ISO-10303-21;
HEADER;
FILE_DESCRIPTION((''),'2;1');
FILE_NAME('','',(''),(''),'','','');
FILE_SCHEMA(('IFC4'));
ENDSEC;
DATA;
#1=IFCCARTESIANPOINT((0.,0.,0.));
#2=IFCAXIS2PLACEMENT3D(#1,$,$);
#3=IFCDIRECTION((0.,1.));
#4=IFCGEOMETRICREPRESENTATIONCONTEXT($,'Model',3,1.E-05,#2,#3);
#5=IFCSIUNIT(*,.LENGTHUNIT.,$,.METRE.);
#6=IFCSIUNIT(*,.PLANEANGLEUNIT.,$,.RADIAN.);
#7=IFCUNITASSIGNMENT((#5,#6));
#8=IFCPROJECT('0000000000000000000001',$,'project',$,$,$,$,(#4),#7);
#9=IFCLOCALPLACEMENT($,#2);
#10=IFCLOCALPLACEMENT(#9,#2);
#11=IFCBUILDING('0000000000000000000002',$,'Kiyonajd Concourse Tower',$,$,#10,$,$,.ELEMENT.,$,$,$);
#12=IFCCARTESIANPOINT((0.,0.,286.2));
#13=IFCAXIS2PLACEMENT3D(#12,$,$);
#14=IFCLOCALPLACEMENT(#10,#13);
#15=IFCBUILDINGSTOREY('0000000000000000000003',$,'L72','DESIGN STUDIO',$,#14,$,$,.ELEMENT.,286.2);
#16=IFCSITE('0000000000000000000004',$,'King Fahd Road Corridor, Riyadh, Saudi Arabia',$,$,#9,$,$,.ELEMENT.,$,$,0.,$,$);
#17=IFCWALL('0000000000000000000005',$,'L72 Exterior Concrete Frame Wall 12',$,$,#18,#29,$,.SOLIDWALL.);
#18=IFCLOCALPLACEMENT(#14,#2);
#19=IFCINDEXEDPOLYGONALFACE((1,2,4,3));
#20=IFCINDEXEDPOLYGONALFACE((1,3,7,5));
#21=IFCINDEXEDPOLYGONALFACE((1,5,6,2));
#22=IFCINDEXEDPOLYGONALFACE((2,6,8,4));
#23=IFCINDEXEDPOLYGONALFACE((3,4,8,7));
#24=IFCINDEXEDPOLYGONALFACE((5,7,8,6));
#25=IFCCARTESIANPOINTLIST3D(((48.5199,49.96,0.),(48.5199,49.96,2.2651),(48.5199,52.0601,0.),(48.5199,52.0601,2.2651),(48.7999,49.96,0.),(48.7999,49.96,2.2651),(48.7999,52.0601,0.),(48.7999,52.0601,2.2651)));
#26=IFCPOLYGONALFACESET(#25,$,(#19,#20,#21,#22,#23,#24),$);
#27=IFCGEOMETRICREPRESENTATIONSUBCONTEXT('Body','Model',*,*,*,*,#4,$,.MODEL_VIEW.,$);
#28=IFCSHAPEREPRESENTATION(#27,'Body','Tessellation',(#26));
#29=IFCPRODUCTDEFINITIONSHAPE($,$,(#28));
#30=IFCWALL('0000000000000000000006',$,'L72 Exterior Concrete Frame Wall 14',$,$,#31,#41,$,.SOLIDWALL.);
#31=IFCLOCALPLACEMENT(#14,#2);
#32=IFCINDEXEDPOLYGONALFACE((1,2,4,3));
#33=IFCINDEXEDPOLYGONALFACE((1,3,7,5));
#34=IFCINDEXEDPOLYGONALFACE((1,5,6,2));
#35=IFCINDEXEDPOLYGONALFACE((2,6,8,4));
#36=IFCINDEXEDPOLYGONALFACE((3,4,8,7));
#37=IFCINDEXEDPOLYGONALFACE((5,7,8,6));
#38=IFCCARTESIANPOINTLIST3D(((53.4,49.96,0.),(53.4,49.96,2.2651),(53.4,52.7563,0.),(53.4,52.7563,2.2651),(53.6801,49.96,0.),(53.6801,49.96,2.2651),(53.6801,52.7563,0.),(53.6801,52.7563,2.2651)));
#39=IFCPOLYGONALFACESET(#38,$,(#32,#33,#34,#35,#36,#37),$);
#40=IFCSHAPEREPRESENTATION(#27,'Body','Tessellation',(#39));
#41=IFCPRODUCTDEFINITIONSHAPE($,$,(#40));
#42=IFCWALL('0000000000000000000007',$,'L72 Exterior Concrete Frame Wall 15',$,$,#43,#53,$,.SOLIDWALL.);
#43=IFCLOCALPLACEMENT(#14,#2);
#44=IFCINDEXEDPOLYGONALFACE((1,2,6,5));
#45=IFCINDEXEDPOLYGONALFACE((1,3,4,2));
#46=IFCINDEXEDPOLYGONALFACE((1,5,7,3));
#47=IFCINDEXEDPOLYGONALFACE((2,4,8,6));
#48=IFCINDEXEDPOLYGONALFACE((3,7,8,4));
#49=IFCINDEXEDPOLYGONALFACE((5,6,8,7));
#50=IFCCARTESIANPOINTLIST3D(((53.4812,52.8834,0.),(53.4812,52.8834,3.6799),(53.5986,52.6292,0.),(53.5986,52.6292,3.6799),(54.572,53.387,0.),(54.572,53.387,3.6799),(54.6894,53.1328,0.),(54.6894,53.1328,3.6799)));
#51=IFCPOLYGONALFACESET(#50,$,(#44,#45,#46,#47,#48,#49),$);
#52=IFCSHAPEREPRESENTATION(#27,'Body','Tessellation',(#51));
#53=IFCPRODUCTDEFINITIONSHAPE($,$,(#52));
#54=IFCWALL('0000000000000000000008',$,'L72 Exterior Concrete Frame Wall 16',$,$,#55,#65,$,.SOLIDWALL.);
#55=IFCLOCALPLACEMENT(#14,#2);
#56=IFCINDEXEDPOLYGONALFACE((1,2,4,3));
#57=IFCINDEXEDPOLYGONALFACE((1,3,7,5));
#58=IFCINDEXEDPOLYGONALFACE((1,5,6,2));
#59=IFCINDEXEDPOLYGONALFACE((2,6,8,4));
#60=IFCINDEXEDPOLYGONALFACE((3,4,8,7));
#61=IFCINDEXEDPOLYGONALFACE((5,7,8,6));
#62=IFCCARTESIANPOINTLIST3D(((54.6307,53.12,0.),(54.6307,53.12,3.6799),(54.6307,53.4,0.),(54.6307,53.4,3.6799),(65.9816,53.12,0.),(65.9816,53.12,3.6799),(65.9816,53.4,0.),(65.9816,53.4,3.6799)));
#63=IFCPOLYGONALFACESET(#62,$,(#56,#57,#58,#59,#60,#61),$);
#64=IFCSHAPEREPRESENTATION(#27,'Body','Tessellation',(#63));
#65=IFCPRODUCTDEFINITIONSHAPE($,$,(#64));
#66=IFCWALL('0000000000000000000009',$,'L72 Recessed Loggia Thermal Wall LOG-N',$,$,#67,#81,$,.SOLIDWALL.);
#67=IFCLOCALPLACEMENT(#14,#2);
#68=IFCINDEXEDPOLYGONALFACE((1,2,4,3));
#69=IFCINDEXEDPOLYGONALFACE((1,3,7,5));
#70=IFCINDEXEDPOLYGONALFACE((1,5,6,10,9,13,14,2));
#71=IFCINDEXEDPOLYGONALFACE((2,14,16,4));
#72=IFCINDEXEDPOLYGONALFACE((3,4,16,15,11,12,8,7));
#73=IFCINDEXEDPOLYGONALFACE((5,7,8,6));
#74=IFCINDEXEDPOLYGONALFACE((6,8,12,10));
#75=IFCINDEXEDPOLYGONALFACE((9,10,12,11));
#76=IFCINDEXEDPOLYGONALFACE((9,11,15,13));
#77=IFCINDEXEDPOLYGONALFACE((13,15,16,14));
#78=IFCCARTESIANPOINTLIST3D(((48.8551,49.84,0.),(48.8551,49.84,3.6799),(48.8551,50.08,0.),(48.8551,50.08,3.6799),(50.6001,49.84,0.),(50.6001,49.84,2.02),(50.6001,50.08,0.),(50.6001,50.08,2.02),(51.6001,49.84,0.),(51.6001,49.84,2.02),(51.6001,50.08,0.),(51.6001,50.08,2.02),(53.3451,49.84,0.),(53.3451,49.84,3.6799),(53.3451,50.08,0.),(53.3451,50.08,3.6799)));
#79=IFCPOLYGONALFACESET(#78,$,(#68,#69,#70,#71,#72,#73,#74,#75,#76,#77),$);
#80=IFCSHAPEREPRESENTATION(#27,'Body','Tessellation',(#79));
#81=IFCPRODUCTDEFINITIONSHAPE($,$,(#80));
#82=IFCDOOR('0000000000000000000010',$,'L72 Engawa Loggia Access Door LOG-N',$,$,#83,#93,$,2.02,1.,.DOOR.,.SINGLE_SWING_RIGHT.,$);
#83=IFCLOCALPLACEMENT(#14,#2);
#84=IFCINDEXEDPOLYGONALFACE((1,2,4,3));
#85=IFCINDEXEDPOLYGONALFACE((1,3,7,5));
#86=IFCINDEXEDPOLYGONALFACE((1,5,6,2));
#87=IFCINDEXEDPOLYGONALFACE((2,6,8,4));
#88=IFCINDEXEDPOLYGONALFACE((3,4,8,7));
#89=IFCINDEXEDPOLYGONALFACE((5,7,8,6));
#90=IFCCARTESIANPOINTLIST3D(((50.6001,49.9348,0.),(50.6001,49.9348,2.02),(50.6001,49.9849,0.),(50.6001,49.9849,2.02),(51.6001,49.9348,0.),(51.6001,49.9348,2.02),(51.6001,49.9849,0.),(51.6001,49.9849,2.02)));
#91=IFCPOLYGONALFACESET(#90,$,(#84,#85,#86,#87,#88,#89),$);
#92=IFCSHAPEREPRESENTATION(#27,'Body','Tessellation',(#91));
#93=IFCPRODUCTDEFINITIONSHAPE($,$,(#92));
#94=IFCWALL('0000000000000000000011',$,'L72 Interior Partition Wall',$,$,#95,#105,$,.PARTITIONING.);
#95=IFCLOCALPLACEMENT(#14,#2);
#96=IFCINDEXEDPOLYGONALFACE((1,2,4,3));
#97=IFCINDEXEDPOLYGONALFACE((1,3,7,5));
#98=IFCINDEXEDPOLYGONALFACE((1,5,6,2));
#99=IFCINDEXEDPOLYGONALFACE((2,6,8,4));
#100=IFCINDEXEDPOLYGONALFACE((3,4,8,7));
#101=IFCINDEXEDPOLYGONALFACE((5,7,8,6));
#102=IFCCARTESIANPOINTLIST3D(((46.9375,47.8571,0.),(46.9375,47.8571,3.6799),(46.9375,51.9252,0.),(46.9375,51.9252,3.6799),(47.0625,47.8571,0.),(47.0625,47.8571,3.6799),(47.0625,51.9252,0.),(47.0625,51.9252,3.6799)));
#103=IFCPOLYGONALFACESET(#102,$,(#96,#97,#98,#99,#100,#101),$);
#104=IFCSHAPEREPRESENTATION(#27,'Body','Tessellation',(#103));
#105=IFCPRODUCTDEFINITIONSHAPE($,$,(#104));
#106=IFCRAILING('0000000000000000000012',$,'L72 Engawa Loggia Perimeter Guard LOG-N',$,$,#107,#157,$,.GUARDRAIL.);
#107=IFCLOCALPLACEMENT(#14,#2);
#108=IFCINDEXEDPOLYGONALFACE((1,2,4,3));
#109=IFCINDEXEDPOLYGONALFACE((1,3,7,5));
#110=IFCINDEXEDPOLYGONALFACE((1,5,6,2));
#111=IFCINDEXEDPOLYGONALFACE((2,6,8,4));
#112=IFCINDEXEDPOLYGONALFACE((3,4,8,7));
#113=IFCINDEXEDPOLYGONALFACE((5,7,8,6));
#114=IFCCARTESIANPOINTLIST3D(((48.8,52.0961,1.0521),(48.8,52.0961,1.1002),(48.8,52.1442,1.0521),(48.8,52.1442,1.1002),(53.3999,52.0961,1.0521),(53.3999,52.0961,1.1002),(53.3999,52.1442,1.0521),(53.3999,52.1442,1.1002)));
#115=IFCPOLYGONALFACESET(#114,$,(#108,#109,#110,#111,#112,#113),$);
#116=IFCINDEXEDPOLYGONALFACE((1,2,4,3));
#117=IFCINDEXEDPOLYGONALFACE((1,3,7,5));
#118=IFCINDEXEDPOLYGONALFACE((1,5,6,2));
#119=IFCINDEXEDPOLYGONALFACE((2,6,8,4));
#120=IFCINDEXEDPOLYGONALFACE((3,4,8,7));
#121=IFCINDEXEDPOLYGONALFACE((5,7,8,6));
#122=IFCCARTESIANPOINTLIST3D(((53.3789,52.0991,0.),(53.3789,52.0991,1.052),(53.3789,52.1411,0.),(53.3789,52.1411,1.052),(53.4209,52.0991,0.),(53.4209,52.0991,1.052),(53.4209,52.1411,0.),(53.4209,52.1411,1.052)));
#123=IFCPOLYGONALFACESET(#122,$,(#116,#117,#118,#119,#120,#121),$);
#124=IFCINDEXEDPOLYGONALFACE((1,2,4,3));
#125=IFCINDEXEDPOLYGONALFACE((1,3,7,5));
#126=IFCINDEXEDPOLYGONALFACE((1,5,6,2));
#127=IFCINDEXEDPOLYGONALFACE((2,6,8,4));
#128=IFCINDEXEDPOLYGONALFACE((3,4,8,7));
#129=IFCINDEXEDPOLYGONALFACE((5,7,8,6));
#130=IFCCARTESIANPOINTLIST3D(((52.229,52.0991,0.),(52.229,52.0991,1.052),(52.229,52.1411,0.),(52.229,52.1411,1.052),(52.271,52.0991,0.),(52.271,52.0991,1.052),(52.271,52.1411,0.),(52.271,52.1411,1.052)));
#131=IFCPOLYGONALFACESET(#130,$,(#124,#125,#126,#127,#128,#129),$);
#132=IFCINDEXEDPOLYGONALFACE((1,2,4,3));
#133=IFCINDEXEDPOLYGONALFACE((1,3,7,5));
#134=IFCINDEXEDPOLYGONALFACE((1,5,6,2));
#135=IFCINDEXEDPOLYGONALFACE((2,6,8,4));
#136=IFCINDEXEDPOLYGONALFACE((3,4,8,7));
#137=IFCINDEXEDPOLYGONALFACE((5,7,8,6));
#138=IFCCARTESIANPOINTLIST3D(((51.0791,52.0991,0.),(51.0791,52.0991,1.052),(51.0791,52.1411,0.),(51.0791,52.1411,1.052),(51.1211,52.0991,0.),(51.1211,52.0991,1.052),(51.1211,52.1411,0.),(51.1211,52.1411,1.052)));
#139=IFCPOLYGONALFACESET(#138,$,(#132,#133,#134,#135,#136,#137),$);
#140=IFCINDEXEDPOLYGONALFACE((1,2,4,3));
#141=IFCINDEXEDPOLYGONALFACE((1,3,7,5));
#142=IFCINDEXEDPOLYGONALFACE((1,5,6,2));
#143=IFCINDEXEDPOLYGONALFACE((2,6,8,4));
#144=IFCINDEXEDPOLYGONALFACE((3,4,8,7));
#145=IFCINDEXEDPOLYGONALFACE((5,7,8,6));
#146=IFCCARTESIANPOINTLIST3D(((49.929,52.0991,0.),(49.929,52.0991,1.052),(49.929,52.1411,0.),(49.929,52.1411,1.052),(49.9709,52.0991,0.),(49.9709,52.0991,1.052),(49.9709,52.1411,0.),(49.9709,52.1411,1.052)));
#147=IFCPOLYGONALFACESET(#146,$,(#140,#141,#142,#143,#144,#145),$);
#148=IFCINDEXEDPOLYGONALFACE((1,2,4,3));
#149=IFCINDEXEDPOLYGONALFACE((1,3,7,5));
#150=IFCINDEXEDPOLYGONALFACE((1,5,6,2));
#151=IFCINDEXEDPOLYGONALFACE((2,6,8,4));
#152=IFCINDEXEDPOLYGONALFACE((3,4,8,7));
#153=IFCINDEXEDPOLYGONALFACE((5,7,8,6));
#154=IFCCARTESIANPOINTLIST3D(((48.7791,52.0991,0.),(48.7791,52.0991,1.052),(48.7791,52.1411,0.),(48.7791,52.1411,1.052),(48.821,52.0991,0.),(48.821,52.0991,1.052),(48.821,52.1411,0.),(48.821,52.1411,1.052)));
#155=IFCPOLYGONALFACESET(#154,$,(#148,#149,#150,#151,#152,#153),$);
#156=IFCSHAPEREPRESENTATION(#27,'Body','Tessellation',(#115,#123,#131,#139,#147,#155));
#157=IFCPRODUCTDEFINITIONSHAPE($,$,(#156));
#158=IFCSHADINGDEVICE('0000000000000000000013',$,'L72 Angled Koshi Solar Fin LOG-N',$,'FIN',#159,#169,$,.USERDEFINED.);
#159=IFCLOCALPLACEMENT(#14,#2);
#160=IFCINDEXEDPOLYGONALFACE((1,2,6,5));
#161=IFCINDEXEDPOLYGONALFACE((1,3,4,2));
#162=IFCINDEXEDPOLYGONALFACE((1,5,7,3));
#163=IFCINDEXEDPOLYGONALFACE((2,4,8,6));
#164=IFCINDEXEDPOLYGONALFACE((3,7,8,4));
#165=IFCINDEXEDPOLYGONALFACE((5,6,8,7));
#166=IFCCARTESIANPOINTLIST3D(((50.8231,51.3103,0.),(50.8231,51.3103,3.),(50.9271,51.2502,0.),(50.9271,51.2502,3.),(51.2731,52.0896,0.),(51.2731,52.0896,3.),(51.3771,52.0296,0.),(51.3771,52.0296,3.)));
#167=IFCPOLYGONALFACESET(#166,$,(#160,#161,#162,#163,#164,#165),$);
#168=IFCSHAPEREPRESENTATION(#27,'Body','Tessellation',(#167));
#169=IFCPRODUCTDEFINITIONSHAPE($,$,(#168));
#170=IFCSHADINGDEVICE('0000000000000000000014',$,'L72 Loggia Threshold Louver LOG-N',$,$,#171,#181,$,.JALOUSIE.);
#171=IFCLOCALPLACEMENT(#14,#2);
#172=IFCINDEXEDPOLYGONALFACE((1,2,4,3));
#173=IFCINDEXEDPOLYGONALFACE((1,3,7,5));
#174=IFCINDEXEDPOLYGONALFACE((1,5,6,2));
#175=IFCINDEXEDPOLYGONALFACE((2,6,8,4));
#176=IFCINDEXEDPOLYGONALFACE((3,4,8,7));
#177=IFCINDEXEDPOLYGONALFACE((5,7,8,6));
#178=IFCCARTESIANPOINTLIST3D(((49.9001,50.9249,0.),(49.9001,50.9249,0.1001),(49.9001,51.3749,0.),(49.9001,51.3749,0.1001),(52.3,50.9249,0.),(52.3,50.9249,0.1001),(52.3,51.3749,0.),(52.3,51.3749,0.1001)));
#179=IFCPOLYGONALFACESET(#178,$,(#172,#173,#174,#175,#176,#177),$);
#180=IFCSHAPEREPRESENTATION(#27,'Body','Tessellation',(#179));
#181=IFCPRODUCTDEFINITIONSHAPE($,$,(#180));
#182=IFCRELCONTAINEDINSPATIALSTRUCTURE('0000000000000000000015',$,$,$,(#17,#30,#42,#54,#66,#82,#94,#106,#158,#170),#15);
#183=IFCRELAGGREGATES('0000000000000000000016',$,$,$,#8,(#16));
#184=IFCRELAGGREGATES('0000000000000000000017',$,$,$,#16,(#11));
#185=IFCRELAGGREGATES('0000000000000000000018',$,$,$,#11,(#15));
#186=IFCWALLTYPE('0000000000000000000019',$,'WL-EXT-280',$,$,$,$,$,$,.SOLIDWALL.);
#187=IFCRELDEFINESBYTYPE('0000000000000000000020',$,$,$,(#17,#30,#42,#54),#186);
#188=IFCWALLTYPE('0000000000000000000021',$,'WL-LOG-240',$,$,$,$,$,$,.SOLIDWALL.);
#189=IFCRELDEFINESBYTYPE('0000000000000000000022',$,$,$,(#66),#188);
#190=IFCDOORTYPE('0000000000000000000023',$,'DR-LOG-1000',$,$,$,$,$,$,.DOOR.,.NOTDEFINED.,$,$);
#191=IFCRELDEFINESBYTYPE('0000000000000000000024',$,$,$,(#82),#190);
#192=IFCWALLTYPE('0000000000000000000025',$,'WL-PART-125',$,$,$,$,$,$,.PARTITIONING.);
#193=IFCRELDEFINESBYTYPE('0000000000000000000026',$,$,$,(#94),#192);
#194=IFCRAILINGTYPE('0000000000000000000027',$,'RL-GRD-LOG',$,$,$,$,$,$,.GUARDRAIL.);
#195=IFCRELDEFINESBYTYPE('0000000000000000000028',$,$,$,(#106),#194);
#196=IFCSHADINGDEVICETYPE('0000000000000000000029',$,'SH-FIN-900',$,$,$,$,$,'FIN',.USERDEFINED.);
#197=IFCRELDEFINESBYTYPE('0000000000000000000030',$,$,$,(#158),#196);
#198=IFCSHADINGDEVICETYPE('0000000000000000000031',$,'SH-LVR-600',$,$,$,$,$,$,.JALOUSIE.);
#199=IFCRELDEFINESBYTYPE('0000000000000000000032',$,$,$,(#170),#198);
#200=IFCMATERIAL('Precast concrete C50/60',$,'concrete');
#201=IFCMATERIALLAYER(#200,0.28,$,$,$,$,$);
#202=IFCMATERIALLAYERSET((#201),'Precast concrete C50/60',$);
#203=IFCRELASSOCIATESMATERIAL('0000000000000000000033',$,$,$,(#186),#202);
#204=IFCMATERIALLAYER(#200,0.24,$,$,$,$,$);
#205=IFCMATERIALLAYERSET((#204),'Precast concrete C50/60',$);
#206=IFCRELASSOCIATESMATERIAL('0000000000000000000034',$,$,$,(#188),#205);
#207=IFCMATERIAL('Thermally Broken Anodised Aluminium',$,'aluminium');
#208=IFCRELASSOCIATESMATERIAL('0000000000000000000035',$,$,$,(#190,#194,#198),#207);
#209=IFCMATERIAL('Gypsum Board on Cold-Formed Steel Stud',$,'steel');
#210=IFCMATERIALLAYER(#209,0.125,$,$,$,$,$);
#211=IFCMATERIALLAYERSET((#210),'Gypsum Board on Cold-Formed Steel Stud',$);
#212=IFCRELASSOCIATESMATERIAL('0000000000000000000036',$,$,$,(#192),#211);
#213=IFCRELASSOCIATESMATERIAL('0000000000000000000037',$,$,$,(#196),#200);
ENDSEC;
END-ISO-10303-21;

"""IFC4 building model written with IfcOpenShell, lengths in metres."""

from ifc_helpers import new_model, si_unit, direction, frame, frame_2d, origin, origin_2d, place, context, subcontext, project, spatial, rectangle, extrude, material, layer, layer_set, type_object, element, fill, save


model = new_model("IFC4")

# Units and contexts
model_context = context("Model", 3, precision=1e-05, world=origin(), true_north=direction((0.0, 1.0)))
body_context = subcontext(model_context, "Body", "Model", "MODEL_VIEW")
ifc_project = project(units=[si_unit("LENGTHUNIT", "METRE"), si_unit("PLANEANGLEUNIT", "RADIAN")], contexts=[model_context])

# Site, building, storey
site_placement = place(None, origin())
site = spatial("IfcSite", under=ifc_project, at=site_placement, Name="King Fahd Road Corridor, Riyadh, Saudi Arabia", CompositionType="ELEMENT", RefElevation=0.0)
building_placement = place(site_placement, origin())
building = spatial("IfcBuilding", under=site, at=building_placement, Name="Kiyonajd Concourse Tower", CompositionType="ELEMENT")
storey_placement = place(building_placement, frame((0.0, 0.0, 286.2)))
storey = spatial("IfcBuildingStorey", under=building, at=storey_placement, Name="L72", Description="DESIGN STUDIO", CompositionType="ELEMENT", Elevation=286.2)

# Shared definitions
ifc_material_1 = material(Name="Thermally Broken Anodised Aluminium", Category="aluminium")

# Walls
ifc_material_2 = material(Name="Precast concrete C50/60", Category="concrete")
ifc_layer_1 = layer(ifc_material_2, 0.28)
ifc_layer_set_1 = layer_set([ifc_layer_1], Name="Precast concrete C50/60")
wall_type_1 = type_object("IfcWallType", Name="WL-EXT-280", PredefinedType="SOLIDWALL", material=ifc_layer_set_1)
wall_1_placement = place(storey_placement, frame((48.6599, 52.0601, 0.0), z_axis=(0.0, 0.0, 1.0), x_axis=(0.0, -1.0, 0.0)))
element("IfcWall", 1, at=wall_1_placement, inside=storey, type_object=wall_type_1, Name="L72 Exterior Concrete Frame Wall 12", PredefinedType="SOLIDWALL", context=body_context, shape_type="SweptSolid", body=[
    extrude(rectangle(XDim=2.1001, YDim=0.28, at=frame_2d((1.05, 0.0))), origin(), (0.0, 0.0, 1.0), 2.2651),
])
wall_2_placement = place(storey_placement, frame((53.54, 49.96, 0.0), z_axis=(0.0, 0.0, 1.0), x_axis=(0.0, 1.0, 0.0)))
element("IfcWall", 2, at=wall_2_placement, inside=storey, type_object=wall_type_1, Name="L72 Exterior Concrete Frame Wall 14", PredefinedType="SOLIDWALL", context=body_context, shape_type="SweptSolid", body=[
    extrude(rectangle(XDim=2.7964, YDim=0.28, at=frame_2d((1.3982, 0.0))), origin(), (0.0, 0.0, 1.0), 2.2651),
])
wall_3_placement = place(storey_placement, frame((53.54, 52.7563, 0.0), z_axis=(0.0, 0.0, 1.0), x_axis=(0.907894, 0.4192, 0.0)))
element("IfcWall", 3, at=wall_3_placement, inside=storey, type_object=wall_type_1, Name="L72 Exterior Concrete Frame Wall 15", PredefinedType="SOLIDWALL", context=body_context, shape_type="SweptSolid", body=[
    extrude(rectangle(XDim=1.2014, YDim=0.28, at=frame_2d((0.6006, 0.0))), origin(), (0.0, 0.0, 1.0), 3.6799),
])
wall_4_placement = place(storey_placement, frame((54.6309, 53.26, 0.0), z_axis=(0.0, 0.0, 1.0), x_axis=(1.0, 0.0, 0.0)))
element("IfcWall", 4, at=wall_4_placement, inside=storey, type_object=wall_type_1, Name="L72 Exterior Concrete Frame Wall 16", PredefinedType="SOLIDWALL", context=body_context, shape_type="SweptSolid", body=[
    extrude(rectangle(XDim=11.3508, YDim=0.28, at=frame_2d((5.6753, 0.0))), origin(), (0.0, 0.0, 1.0), 3.6799),
])

# Wall, opening, door
ifc_layer_2 = layer(ifc_material_2, 0.24)
ifc_layer_set_2 = layer_set([ifc_layer_2], Name="Precast concrete C50/60")
wall_type_2 = type_object("IfcWallType", Name="WL-LOG-240", PredefinedType="SOLIDWALL", material=ifc_layer_set_2)
wall_5_placement = place(storey_placement, frame((48.855, 49.96, 0.0), z_axis=(0.0, 0.0, 1.0), x_axis=(1.0, 0.0, 0.0)))
wall_5 = element("IfcWall", 5, at=wall_5_placement, inside=storey, type_object=wall_type_2, Name="L72 Recessed Loggia Thermal Wall LOG-N", PredefinedType="SOLIDWALL", context=body_context, shape_type="SweptSolid", body=[
    extrude(rectangle(XDim=4.49, YDim=0.24, at=frame_2d((2.2451, 0.0))), origin(), (0.0, 0.0, 1.0), 3.6799),
])
opening_placement = place(wall_5_placement, frame((1.7451, 0.0, 0.0)))
opening = element("IfcOpeningElement", 6, at=opening_placement, cuts=wall_5, PredefinedType="OPENING", context=body_context, shape_type="SweptSolid", body=[
    extrude(rectangle(XDim=1.0, YDim=2.02, at=frame_2d((0.5, 1.01))), frame((0.0, 0.1299, 0.0), z_axis=(0.0, -1.0, 0.0), x_axis=(1.0, 0.0, 0.0)), (0.0, 0.0, 1.0), 0.26),
])
door_type = type_object("IfcDoorType", Name="DR-LOG-1000", OperationType="NOTDEFINED", PredefinedType="DOOR", material=ifc_material_1)
door_placement = place(opening_placement, origin())
door = element("IfcDoor", 7, at=door_placement, inside=storey, type_object=door_type, Name="L72 Engawa Loggia Access Door LOG-N", OperationType="SINGLE_SWING_RIGHT", OverallHeight=2.02, OverallWidth=1.0, PredefinedType="DOOR", context=body_context, shape_type="SweptSolid", body=[
    extrude(rectangle(XDim=1.0, YDim=2.02, at=frame_2d((0.5, 1.01))), frame((0.0, 0.0249, 0.0), z_axis=(0.0, -1.0, 0.0), x_axis=(1.0, 0.0, 0.0)), (0.0, 0.0, 1.0), 0.05),
])
fill(opening, door)

# Wall
ifc_material_3 = material(Name="Gypsum Board on Cold-Formed Steel Stud", Category="steel")
ifc_layer_3 = layer(ifc_material_3, 0.125)
ifc_layer_set_3 = layer_set([ifc_layer_3], Name="Gypsum Board on Cold-Formed Steel Stud")
wall_type_3 = type_object("IfcWallType", Name="WL-PART-125", PredefinedType="PARTITIONING", material=ifc_layer_set_3)
wall_6_placement = place(storey_placement, frame((47.0, 47.8569, 0.0), z_axis=(0.0, 0.0, 1.0), x_axis=(0.0, 1.0, 0.0)))
element("IfcWall", 8, at=wall_6_placement, inside=storey, type_object=wall_type_3, Name="L72 Interior Partition Wall", PredefinedType="PARTITIONING", context=body_context, shape_type="SweptSolid", body=[
    extrude(rectangle(XDim=4.0681, YDim=0.125, at=frame_2d((2.0342, 0.0))), origin(), (0.0, 0.0, 1.0), 3.6799),
])

# Railing
railing_type = type_object("IfcRailingType", Name="RL-GRD-LOG", PredefinedType="GUARDRAIL", material=ifc_material_1)
railing_placement = place(storey_placement, frame((53.3999, 52.1201, 0.0)))
element("IfcRailing", 9, at=railing_placement, inside=storey, type_object=railing_type, Name="L72 Engawa Loggia Perimeter Guard LOG-N", PredefinedType="GUARDRAIL", context=body_context, shape_type="SweptSolid", body=[
    extrude(rectangle(XDim=0.0481, YDim=0.0481, at=origin_2d()), frame((0.0, 0.0, 1.0762), z_axis=(-1.0, 0.0, 0.0), x_axis=(0.0, -1.0, 0.0)), (0.0, 0.0, 1.0), 4.5999),
    extrude(rectangle(XDim=0.042, YDim=0.042, at=origin_2d()), origin(), (0.0, 0.0, 1.0), 1.052),
    extrude(rectangle(XDim=0.042, YDim=0.042, at=origin_2d()), frame((-1.1499, 0.0, 0.0)), (0.0, 0.0, 1.0), 1.052),
    extrude(rectangle(XDim=0.042, YDim=0.042, at=origin_2d()), frame((-2.2998, 0.0, 0.0)), (0.0, 0.0, 1.0), 1.052),
    extrude(rectangle(XDim=0.042, YDim=0.042, at=origin_2d()), frame((-3.45, 0.0, 0.0)), (0.0, 0.0, 1.0), 1.052),
    extrude(rectangle(XDim=0.042, YDim=0.042, at=origin_2d()), frame((-4.5999, 0.0, 0.0)), (0.0, 0.0, 1.0), 1.052),
])

# Shading devices
shading_device_type_1 = type_object("IfcShadingDeviceType", Name="SH-FIN-900", ElementType="FIN", PredefinedType="USERDEFINED", material=ifc_material_2)
shading_device_1_placement = place(storey_placement, frame((51.1001, 51.6699, 0.0), z_axis=(0.0, 0.0, 1.0), x_axis=(0.5, 0.866025, 0.0)))
element("IfcShadingDevice", 10, at=shading_device_1_placement, inside=storey, type_object=shading_device_type_1, Name="L72 Angled Koshi Solar Fin LOG-N", ObjectType="FIN", PredefinedType="USERDEFINED", context=body_context, shape_type="SweptSolid", body=[
    extrude(rectangle(XDim=0.8999, YDim=0.1201, at=origin_2d()), origin(), (0.0, 0.0, 1.0), 3.0),
])
shading_device_type_2 = type_object("IfcShadingDeviceType", Name="SH-LVR-600", PredefinedType="JALOUSIE", material=ifc_material_1)
shading_device_2_placement = place(storey_placement, frame((51.1001, 51.1499, 0.0), z_axis=(0.0, 0.0, 1.0), x_axis=(1.0, 0.0, 0.0)))
element("IfcShadingDevice", 11, at=shading_device_2_placement, inside=storey, type_object=shading_device_type_2, Name="L72 Loggia Threshold Louver LOG-N", PredefinedType="JALOUSIE", context=body_context, shape_type="SweptSolid", body=[
    extrude(rectangle(XDim=2.3999, YDim=0.45, at=origin_2d()), origin(), (0.0, 0.0, 1.0), 0.1001),
])

save(model, "model.ifc")
